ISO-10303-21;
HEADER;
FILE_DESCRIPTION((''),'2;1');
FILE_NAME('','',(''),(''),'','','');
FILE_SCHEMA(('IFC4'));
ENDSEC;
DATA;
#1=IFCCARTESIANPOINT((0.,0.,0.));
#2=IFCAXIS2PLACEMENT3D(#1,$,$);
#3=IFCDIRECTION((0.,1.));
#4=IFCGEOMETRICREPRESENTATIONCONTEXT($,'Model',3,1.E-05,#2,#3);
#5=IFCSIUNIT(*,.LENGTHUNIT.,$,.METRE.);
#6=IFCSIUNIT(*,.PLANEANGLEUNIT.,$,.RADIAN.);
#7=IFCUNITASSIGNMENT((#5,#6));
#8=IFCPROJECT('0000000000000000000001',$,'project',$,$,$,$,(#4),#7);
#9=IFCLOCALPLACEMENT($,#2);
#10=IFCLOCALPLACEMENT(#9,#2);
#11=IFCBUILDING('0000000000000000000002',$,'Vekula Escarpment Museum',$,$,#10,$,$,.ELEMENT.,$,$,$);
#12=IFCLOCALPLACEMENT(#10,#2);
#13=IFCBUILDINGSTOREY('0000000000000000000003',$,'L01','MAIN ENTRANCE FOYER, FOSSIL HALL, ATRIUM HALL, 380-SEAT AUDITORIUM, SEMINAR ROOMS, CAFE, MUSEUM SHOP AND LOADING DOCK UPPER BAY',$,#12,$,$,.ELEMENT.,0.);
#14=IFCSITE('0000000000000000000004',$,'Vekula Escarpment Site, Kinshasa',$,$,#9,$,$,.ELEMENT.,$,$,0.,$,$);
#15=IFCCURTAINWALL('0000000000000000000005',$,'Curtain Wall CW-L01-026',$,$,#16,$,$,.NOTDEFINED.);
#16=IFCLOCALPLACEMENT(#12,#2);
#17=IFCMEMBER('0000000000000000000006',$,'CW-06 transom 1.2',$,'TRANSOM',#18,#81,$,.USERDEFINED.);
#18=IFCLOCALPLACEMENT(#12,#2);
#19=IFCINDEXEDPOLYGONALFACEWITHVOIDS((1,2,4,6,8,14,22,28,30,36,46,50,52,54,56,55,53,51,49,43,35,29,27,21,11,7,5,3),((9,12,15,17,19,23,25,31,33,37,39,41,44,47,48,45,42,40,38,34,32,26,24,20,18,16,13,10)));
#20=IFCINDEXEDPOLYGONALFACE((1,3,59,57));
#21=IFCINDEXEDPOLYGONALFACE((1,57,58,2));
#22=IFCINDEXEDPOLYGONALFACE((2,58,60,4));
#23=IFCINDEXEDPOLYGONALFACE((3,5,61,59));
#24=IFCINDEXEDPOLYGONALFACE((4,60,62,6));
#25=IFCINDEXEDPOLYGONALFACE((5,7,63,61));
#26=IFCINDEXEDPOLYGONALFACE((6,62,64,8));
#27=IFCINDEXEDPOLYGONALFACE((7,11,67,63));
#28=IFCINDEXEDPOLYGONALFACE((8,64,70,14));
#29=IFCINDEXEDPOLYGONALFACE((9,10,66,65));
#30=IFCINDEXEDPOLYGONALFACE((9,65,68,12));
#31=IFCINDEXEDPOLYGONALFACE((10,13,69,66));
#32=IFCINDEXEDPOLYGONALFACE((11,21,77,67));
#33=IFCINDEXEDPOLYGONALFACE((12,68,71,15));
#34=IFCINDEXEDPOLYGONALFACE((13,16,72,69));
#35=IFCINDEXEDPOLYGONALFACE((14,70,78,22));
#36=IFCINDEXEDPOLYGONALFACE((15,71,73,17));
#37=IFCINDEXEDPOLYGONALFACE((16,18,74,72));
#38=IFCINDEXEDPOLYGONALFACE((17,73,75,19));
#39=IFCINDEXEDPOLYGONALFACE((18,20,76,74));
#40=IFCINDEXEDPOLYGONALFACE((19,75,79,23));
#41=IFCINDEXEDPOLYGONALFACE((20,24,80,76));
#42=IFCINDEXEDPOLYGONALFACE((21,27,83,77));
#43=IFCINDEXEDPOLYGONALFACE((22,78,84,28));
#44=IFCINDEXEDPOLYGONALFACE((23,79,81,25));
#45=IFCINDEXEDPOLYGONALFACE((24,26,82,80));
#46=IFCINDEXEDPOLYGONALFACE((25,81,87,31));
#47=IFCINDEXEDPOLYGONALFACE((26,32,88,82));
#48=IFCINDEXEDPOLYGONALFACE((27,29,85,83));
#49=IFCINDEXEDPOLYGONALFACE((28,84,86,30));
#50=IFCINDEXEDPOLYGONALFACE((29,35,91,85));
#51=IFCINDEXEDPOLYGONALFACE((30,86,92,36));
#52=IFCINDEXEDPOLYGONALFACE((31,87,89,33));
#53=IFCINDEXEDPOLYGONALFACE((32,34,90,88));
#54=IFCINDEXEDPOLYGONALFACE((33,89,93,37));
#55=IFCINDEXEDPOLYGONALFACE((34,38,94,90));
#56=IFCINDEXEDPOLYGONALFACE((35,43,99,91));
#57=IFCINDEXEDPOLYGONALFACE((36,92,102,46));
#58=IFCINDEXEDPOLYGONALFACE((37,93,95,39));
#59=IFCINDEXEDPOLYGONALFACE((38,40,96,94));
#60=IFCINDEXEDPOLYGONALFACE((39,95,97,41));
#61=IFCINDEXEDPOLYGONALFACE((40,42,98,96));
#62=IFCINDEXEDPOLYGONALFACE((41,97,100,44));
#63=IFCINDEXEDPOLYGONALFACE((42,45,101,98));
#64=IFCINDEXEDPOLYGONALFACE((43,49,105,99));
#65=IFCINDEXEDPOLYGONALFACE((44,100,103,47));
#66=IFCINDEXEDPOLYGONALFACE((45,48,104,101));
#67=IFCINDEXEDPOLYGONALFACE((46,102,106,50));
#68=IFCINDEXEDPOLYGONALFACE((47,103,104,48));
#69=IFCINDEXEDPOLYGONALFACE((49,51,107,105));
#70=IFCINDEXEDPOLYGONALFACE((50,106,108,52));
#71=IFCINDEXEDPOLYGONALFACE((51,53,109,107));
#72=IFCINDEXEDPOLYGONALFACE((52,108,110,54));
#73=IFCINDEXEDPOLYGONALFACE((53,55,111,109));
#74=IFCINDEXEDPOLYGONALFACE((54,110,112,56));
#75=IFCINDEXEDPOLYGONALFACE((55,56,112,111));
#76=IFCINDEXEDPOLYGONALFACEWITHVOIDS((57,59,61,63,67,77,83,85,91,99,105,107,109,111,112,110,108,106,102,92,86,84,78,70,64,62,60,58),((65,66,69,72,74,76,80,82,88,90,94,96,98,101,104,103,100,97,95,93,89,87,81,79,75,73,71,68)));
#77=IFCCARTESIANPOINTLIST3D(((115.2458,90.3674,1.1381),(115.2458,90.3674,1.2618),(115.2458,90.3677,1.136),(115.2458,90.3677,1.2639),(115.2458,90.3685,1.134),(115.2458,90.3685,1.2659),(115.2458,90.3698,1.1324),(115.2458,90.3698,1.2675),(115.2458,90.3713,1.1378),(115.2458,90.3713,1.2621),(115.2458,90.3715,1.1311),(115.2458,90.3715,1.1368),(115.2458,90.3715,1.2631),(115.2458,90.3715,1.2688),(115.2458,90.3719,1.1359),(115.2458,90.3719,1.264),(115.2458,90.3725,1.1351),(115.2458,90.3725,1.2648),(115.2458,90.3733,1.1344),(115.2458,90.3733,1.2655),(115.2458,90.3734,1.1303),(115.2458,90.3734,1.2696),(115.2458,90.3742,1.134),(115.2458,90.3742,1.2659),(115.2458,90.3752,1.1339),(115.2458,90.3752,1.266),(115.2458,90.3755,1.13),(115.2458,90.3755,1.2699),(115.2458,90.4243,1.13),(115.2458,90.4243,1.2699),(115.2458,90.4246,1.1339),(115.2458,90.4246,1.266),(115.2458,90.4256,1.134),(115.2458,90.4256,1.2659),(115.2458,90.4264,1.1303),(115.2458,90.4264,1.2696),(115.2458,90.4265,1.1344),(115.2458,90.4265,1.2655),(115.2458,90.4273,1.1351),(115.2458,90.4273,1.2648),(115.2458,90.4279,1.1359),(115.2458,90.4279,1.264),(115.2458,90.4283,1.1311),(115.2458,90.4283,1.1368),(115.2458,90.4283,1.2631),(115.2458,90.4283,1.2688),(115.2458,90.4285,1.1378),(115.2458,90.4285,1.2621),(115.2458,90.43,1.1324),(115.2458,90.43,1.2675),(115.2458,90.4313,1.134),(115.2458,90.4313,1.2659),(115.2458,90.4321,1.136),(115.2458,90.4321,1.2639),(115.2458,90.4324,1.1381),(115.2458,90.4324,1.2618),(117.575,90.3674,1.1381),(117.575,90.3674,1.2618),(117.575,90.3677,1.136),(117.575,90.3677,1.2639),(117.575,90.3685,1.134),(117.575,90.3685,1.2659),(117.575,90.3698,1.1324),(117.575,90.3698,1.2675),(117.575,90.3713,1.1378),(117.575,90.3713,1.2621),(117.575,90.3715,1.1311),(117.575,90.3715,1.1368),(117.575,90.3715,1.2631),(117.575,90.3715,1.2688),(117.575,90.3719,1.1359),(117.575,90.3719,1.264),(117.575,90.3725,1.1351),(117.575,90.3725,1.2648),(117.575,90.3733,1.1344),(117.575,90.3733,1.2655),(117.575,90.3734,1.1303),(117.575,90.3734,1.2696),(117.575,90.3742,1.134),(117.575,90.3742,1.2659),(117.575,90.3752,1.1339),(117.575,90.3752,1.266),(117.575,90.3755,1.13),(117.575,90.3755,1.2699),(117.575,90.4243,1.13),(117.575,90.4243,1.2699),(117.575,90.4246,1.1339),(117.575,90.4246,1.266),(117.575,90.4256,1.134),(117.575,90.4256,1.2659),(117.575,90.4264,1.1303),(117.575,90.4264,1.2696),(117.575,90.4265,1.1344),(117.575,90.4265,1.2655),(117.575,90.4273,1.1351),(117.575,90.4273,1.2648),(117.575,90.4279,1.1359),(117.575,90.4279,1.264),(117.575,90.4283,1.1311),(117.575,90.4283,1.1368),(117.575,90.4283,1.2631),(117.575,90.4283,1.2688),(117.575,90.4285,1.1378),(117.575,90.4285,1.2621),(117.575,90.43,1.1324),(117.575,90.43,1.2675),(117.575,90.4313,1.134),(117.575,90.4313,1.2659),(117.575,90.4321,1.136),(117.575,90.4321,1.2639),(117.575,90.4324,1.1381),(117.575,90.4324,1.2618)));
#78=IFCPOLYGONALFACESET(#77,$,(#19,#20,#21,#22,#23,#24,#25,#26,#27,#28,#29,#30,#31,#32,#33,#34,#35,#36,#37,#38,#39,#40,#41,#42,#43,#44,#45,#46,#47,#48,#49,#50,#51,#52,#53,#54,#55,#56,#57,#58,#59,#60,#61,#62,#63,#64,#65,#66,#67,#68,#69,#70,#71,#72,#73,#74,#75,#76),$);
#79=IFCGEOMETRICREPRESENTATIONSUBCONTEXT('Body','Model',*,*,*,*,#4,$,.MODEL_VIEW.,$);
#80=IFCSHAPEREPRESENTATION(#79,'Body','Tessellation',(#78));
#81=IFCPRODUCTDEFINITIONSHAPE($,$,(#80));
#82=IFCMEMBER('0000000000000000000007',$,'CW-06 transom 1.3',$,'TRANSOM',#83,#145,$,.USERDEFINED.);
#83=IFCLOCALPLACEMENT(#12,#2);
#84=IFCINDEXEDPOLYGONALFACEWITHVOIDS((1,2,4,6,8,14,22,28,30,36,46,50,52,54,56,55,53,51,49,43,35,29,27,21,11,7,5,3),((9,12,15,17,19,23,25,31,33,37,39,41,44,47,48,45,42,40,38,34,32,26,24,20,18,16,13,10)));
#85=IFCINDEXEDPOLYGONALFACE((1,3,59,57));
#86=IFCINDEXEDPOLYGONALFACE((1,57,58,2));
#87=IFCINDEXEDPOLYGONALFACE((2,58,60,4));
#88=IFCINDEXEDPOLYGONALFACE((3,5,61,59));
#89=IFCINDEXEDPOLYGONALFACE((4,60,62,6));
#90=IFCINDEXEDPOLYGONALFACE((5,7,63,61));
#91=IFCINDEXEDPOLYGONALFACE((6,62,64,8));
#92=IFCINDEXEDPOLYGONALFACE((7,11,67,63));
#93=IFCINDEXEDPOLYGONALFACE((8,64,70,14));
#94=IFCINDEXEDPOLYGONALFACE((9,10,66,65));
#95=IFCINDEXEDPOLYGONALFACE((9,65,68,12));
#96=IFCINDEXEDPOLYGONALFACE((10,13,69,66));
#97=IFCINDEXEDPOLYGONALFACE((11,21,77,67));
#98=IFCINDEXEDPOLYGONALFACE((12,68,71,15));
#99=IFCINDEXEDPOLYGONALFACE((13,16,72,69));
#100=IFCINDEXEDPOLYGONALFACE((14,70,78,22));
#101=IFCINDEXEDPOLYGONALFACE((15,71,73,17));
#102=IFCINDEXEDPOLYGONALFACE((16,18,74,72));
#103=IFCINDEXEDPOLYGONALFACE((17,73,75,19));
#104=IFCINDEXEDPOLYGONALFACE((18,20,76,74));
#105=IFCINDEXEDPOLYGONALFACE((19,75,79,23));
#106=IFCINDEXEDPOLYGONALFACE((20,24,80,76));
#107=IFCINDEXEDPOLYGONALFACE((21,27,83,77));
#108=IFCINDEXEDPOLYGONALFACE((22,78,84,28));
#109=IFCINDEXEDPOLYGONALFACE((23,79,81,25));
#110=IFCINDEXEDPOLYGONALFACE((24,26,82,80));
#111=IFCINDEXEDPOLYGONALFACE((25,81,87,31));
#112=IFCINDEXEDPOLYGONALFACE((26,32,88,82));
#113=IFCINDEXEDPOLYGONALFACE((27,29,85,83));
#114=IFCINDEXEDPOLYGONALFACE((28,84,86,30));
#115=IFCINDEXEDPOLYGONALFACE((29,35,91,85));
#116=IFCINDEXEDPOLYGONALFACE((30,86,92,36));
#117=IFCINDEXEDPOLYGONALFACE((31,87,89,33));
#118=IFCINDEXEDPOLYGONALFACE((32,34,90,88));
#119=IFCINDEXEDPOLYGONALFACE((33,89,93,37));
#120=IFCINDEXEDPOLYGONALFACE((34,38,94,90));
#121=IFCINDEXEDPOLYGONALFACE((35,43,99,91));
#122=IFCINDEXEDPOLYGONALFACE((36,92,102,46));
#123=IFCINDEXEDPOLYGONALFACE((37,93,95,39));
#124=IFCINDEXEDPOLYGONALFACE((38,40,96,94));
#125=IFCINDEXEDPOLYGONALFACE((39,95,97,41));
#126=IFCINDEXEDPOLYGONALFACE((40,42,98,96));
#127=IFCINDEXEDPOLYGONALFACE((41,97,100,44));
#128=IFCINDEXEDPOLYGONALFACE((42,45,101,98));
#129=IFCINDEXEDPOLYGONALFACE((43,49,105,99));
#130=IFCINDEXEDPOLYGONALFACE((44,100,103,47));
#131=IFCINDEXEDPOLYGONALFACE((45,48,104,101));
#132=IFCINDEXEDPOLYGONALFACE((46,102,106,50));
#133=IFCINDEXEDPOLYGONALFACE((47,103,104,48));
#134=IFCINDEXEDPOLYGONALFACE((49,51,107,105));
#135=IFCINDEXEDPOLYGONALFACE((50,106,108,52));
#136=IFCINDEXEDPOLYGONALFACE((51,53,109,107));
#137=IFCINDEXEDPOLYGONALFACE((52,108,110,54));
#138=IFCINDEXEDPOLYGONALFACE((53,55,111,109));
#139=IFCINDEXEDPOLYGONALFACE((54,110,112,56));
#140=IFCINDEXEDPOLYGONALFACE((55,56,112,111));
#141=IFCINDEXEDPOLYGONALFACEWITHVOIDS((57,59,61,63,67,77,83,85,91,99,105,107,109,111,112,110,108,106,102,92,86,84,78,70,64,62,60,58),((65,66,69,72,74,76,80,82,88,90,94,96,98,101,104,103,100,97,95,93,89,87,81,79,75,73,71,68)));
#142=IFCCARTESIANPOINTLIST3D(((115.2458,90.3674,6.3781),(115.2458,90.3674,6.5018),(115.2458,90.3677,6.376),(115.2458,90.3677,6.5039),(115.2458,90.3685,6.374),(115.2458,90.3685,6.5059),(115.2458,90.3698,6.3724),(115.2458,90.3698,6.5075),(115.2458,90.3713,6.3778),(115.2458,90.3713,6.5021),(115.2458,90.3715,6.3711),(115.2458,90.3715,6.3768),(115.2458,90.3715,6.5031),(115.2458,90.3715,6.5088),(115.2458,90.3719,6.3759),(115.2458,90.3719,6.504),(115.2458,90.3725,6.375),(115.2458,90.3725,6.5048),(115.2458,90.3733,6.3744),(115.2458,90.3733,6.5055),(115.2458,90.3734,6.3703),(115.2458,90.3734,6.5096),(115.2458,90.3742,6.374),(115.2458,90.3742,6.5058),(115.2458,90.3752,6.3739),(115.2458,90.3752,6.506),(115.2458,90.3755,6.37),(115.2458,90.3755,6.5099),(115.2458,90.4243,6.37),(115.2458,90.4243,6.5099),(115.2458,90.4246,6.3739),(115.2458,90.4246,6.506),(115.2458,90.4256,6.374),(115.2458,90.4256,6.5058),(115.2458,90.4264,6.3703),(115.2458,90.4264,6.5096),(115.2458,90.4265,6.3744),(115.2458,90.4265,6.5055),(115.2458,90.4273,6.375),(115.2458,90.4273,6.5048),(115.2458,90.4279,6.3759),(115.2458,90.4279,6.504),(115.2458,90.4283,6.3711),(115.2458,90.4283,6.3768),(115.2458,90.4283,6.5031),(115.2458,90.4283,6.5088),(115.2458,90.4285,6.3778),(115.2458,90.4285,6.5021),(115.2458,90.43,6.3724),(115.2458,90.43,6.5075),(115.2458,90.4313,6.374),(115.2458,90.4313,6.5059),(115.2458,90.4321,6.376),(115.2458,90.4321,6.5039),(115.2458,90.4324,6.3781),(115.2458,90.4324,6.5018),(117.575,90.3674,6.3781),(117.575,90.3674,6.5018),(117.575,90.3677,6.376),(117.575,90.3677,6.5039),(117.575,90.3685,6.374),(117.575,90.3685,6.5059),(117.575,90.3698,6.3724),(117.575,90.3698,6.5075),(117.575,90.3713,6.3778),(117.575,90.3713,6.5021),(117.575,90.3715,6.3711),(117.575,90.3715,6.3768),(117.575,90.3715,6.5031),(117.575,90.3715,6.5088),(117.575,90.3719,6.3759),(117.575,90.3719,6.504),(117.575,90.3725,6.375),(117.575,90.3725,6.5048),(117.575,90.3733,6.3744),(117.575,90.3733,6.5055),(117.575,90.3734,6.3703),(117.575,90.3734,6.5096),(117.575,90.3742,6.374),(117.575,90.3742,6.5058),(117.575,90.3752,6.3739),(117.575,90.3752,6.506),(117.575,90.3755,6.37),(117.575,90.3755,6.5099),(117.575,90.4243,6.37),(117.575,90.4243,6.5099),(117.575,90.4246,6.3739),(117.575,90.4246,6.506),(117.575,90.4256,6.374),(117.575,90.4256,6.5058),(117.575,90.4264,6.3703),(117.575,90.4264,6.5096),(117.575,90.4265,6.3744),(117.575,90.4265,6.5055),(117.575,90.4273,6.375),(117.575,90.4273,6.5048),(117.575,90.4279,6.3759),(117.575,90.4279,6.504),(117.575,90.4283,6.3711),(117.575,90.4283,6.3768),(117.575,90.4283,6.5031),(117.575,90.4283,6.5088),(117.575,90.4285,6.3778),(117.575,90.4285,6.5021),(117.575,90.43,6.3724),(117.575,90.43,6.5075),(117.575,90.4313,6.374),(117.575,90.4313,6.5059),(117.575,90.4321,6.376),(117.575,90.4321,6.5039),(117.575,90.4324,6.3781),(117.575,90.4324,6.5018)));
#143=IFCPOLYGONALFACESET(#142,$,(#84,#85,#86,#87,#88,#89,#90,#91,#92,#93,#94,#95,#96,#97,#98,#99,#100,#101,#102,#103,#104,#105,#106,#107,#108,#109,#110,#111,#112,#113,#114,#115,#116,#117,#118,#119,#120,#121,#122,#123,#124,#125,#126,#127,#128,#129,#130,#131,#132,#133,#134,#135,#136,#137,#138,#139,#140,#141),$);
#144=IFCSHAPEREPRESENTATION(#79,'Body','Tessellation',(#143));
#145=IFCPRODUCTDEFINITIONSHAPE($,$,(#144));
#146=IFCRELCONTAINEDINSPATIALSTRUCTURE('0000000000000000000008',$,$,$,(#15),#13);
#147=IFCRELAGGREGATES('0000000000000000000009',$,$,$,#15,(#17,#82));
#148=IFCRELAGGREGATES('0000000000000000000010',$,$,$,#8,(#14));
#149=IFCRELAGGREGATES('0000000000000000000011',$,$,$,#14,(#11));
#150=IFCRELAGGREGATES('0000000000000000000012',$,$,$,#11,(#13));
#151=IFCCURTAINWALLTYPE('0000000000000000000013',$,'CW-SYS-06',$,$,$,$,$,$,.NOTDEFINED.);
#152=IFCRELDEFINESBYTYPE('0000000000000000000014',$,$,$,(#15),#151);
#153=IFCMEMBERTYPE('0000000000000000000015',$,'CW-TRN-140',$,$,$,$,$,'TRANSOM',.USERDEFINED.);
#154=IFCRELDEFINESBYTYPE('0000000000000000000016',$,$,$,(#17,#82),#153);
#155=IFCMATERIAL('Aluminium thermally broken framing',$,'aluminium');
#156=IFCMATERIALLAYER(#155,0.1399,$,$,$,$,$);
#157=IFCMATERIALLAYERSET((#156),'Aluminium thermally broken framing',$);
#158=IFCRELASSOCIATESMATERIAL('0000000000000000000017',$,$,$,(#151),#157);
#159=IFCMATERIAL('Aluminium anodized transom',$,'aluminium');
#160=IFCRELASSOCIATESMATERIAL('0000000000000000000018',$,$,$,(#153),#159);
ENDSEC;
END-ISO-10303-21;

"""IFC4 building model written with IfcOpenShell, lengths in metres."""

from ifc_helpers import new_model, si_unit, direction, frame, origin, origin_2d, place, context, subcontext, project, spatial, hollow_rectangle, extrude, material, layer, layer_set, material_profile, profile_set, type_object, element, aggregate, save


model = new_model("IFC4")

# Units and contexts
model_context = context("Model", 3, precision=1e-05, world=origin(), true_north=direction((0.0, 1.0)))
body_context = subcontext(model_context, "Body", "Model", "MODEL_VIEW")
ifc_project = project(units=[si_unit("LENGTHUNIT", "METRE"), si_unit("PLANEANGLEUNIT", "RADIAN")], contexts=[model_context])

# Site, building, storey
site_placement = place(None, origin())
site = spatial("IfcSite", under=ifc_project, at=site_placement, Name="Vekula Escarpment Site, Kinshasa", CompositionType="ELEMENT", RefElevation=0.0)
building_placement = place(site_placement, origin())
building = spatial("IfcBuilding", under=site, at=building_placement, Name="Vekula Escarpment Museum", CompositionType="ELEMENT")
storey_placement = place(building_placement, origin())
storey = spatial("IfcBuildingStorey", under=building, at=storey_placement, Name="L01", Description="MAIN ENTRANCE FOYER, FOSSIL HALL, ATRIUM HALL, 380-SEAT AUDITORIUM, SEMINAR ROOMS, CAFE, MUSEUM SHOP AND LOADING DOCK UPPER BAY", CompositionType="ELEMENT", Elevation=0.0)

# Curtain wall
ifc_material_1 = material(Name="Aluminium thermally broken framing", Category="aluminium")
ifc_layer_1 = layer(ifc_material_1, 0.1399)
ifc_layer_set_1 = layer_set([ifc_layer_1], Name="Aluminium thermally broken framing")
curtain_wall_type_1 = type_object("IfcCurtainWallType", Name="CW-SYS-06", PredefinedType="NOTDEFINED", material=ifc_layer_set_1)
curtain_wall_1_placement = place(storey_placement, origin())
curtain_wall_1 = element("IfcCurtainWall", 1, at=curtain_wall_1_placement, inside=storey, type_object=curtain_wall_type_1, Name="Curtain Wall CW-L01-026", PredefinedType="NOTDEFINED")

# Members
ifc_material_2 = material(Name="Aluminium anodized transom", Category="aluminium")
ifc_material_profile_1 = material_profile(ifc_material_2, hollow_rectangle(XDim=0.0649, YDim=0.1399, WallThickness=0.0039, InnerFilletRadius=0.0039, OuterFilletRadius=0.0081, at=origin_2d()), Name="ALU 140x65x4")
ifc_profile_set_1 = profile_set([ifc_material_profile_1], Name="Aluminium anodized transom")
member_type_1 = type_object("IfcMemberType", Name="CW-TRN-140", ElementType="TRANSOM", PredefinedType="USERDEFINED", material=ifc_profile_set_1)
member_1_placement = place(storey_placement, frame((117.575, 90.3999, 1.2), z_axis=(-1.0, 0.0, 0.0), x_axis=(0.0, -1.0, 0.0)))
member_1 = element("IfcMember", 2, at=member_1_placement, type_object=member_type_1, Name="CW-06 transom 1.2", ObjectType="TRANSOM", PredefinedType="USERDEFINED", context=body_context, shape_type="SweptSolid", body=[
    extrude(hollow_rectangle(XDim=0.0649, YDim=0.1399, WallThickness=0.0039, InnerFilletRadius=0.0039, OuterFilletRadius=0.0081, at=origin_2d()), origin(), (0.0, 0.0, 1.0), 2.3291),
])
member_2_placement = place(storey_placement, frame((117.575, 90.3999, 6.4399), z_axis=(-1.0, 0.0, 0.0), x_axis=(0.0, -1.0, 0.0)))
member_2 = element("IfcMember", 3, at=member_2_placement, type_object=member_type_1, Name="CW-06 transom 1.3", ObjectType="TRANSOM", PredefinedType="USERDEFINED", context=body_context, shape_type="SweptSolid", body=[
    extrude(hollow_rectangle(XDim=0.0649, YDim=0.1399, WallThickness=0.0039, InnerFilletRadius=0.0039, OuterFilletRadius=0.0081, at=origin_2d()), origin(), (0.0, 0.0, 1.0), 2.3291),
])

aggregate(curtain_wall_1, [member_1, member_2])

save(model, "model.ifc")
